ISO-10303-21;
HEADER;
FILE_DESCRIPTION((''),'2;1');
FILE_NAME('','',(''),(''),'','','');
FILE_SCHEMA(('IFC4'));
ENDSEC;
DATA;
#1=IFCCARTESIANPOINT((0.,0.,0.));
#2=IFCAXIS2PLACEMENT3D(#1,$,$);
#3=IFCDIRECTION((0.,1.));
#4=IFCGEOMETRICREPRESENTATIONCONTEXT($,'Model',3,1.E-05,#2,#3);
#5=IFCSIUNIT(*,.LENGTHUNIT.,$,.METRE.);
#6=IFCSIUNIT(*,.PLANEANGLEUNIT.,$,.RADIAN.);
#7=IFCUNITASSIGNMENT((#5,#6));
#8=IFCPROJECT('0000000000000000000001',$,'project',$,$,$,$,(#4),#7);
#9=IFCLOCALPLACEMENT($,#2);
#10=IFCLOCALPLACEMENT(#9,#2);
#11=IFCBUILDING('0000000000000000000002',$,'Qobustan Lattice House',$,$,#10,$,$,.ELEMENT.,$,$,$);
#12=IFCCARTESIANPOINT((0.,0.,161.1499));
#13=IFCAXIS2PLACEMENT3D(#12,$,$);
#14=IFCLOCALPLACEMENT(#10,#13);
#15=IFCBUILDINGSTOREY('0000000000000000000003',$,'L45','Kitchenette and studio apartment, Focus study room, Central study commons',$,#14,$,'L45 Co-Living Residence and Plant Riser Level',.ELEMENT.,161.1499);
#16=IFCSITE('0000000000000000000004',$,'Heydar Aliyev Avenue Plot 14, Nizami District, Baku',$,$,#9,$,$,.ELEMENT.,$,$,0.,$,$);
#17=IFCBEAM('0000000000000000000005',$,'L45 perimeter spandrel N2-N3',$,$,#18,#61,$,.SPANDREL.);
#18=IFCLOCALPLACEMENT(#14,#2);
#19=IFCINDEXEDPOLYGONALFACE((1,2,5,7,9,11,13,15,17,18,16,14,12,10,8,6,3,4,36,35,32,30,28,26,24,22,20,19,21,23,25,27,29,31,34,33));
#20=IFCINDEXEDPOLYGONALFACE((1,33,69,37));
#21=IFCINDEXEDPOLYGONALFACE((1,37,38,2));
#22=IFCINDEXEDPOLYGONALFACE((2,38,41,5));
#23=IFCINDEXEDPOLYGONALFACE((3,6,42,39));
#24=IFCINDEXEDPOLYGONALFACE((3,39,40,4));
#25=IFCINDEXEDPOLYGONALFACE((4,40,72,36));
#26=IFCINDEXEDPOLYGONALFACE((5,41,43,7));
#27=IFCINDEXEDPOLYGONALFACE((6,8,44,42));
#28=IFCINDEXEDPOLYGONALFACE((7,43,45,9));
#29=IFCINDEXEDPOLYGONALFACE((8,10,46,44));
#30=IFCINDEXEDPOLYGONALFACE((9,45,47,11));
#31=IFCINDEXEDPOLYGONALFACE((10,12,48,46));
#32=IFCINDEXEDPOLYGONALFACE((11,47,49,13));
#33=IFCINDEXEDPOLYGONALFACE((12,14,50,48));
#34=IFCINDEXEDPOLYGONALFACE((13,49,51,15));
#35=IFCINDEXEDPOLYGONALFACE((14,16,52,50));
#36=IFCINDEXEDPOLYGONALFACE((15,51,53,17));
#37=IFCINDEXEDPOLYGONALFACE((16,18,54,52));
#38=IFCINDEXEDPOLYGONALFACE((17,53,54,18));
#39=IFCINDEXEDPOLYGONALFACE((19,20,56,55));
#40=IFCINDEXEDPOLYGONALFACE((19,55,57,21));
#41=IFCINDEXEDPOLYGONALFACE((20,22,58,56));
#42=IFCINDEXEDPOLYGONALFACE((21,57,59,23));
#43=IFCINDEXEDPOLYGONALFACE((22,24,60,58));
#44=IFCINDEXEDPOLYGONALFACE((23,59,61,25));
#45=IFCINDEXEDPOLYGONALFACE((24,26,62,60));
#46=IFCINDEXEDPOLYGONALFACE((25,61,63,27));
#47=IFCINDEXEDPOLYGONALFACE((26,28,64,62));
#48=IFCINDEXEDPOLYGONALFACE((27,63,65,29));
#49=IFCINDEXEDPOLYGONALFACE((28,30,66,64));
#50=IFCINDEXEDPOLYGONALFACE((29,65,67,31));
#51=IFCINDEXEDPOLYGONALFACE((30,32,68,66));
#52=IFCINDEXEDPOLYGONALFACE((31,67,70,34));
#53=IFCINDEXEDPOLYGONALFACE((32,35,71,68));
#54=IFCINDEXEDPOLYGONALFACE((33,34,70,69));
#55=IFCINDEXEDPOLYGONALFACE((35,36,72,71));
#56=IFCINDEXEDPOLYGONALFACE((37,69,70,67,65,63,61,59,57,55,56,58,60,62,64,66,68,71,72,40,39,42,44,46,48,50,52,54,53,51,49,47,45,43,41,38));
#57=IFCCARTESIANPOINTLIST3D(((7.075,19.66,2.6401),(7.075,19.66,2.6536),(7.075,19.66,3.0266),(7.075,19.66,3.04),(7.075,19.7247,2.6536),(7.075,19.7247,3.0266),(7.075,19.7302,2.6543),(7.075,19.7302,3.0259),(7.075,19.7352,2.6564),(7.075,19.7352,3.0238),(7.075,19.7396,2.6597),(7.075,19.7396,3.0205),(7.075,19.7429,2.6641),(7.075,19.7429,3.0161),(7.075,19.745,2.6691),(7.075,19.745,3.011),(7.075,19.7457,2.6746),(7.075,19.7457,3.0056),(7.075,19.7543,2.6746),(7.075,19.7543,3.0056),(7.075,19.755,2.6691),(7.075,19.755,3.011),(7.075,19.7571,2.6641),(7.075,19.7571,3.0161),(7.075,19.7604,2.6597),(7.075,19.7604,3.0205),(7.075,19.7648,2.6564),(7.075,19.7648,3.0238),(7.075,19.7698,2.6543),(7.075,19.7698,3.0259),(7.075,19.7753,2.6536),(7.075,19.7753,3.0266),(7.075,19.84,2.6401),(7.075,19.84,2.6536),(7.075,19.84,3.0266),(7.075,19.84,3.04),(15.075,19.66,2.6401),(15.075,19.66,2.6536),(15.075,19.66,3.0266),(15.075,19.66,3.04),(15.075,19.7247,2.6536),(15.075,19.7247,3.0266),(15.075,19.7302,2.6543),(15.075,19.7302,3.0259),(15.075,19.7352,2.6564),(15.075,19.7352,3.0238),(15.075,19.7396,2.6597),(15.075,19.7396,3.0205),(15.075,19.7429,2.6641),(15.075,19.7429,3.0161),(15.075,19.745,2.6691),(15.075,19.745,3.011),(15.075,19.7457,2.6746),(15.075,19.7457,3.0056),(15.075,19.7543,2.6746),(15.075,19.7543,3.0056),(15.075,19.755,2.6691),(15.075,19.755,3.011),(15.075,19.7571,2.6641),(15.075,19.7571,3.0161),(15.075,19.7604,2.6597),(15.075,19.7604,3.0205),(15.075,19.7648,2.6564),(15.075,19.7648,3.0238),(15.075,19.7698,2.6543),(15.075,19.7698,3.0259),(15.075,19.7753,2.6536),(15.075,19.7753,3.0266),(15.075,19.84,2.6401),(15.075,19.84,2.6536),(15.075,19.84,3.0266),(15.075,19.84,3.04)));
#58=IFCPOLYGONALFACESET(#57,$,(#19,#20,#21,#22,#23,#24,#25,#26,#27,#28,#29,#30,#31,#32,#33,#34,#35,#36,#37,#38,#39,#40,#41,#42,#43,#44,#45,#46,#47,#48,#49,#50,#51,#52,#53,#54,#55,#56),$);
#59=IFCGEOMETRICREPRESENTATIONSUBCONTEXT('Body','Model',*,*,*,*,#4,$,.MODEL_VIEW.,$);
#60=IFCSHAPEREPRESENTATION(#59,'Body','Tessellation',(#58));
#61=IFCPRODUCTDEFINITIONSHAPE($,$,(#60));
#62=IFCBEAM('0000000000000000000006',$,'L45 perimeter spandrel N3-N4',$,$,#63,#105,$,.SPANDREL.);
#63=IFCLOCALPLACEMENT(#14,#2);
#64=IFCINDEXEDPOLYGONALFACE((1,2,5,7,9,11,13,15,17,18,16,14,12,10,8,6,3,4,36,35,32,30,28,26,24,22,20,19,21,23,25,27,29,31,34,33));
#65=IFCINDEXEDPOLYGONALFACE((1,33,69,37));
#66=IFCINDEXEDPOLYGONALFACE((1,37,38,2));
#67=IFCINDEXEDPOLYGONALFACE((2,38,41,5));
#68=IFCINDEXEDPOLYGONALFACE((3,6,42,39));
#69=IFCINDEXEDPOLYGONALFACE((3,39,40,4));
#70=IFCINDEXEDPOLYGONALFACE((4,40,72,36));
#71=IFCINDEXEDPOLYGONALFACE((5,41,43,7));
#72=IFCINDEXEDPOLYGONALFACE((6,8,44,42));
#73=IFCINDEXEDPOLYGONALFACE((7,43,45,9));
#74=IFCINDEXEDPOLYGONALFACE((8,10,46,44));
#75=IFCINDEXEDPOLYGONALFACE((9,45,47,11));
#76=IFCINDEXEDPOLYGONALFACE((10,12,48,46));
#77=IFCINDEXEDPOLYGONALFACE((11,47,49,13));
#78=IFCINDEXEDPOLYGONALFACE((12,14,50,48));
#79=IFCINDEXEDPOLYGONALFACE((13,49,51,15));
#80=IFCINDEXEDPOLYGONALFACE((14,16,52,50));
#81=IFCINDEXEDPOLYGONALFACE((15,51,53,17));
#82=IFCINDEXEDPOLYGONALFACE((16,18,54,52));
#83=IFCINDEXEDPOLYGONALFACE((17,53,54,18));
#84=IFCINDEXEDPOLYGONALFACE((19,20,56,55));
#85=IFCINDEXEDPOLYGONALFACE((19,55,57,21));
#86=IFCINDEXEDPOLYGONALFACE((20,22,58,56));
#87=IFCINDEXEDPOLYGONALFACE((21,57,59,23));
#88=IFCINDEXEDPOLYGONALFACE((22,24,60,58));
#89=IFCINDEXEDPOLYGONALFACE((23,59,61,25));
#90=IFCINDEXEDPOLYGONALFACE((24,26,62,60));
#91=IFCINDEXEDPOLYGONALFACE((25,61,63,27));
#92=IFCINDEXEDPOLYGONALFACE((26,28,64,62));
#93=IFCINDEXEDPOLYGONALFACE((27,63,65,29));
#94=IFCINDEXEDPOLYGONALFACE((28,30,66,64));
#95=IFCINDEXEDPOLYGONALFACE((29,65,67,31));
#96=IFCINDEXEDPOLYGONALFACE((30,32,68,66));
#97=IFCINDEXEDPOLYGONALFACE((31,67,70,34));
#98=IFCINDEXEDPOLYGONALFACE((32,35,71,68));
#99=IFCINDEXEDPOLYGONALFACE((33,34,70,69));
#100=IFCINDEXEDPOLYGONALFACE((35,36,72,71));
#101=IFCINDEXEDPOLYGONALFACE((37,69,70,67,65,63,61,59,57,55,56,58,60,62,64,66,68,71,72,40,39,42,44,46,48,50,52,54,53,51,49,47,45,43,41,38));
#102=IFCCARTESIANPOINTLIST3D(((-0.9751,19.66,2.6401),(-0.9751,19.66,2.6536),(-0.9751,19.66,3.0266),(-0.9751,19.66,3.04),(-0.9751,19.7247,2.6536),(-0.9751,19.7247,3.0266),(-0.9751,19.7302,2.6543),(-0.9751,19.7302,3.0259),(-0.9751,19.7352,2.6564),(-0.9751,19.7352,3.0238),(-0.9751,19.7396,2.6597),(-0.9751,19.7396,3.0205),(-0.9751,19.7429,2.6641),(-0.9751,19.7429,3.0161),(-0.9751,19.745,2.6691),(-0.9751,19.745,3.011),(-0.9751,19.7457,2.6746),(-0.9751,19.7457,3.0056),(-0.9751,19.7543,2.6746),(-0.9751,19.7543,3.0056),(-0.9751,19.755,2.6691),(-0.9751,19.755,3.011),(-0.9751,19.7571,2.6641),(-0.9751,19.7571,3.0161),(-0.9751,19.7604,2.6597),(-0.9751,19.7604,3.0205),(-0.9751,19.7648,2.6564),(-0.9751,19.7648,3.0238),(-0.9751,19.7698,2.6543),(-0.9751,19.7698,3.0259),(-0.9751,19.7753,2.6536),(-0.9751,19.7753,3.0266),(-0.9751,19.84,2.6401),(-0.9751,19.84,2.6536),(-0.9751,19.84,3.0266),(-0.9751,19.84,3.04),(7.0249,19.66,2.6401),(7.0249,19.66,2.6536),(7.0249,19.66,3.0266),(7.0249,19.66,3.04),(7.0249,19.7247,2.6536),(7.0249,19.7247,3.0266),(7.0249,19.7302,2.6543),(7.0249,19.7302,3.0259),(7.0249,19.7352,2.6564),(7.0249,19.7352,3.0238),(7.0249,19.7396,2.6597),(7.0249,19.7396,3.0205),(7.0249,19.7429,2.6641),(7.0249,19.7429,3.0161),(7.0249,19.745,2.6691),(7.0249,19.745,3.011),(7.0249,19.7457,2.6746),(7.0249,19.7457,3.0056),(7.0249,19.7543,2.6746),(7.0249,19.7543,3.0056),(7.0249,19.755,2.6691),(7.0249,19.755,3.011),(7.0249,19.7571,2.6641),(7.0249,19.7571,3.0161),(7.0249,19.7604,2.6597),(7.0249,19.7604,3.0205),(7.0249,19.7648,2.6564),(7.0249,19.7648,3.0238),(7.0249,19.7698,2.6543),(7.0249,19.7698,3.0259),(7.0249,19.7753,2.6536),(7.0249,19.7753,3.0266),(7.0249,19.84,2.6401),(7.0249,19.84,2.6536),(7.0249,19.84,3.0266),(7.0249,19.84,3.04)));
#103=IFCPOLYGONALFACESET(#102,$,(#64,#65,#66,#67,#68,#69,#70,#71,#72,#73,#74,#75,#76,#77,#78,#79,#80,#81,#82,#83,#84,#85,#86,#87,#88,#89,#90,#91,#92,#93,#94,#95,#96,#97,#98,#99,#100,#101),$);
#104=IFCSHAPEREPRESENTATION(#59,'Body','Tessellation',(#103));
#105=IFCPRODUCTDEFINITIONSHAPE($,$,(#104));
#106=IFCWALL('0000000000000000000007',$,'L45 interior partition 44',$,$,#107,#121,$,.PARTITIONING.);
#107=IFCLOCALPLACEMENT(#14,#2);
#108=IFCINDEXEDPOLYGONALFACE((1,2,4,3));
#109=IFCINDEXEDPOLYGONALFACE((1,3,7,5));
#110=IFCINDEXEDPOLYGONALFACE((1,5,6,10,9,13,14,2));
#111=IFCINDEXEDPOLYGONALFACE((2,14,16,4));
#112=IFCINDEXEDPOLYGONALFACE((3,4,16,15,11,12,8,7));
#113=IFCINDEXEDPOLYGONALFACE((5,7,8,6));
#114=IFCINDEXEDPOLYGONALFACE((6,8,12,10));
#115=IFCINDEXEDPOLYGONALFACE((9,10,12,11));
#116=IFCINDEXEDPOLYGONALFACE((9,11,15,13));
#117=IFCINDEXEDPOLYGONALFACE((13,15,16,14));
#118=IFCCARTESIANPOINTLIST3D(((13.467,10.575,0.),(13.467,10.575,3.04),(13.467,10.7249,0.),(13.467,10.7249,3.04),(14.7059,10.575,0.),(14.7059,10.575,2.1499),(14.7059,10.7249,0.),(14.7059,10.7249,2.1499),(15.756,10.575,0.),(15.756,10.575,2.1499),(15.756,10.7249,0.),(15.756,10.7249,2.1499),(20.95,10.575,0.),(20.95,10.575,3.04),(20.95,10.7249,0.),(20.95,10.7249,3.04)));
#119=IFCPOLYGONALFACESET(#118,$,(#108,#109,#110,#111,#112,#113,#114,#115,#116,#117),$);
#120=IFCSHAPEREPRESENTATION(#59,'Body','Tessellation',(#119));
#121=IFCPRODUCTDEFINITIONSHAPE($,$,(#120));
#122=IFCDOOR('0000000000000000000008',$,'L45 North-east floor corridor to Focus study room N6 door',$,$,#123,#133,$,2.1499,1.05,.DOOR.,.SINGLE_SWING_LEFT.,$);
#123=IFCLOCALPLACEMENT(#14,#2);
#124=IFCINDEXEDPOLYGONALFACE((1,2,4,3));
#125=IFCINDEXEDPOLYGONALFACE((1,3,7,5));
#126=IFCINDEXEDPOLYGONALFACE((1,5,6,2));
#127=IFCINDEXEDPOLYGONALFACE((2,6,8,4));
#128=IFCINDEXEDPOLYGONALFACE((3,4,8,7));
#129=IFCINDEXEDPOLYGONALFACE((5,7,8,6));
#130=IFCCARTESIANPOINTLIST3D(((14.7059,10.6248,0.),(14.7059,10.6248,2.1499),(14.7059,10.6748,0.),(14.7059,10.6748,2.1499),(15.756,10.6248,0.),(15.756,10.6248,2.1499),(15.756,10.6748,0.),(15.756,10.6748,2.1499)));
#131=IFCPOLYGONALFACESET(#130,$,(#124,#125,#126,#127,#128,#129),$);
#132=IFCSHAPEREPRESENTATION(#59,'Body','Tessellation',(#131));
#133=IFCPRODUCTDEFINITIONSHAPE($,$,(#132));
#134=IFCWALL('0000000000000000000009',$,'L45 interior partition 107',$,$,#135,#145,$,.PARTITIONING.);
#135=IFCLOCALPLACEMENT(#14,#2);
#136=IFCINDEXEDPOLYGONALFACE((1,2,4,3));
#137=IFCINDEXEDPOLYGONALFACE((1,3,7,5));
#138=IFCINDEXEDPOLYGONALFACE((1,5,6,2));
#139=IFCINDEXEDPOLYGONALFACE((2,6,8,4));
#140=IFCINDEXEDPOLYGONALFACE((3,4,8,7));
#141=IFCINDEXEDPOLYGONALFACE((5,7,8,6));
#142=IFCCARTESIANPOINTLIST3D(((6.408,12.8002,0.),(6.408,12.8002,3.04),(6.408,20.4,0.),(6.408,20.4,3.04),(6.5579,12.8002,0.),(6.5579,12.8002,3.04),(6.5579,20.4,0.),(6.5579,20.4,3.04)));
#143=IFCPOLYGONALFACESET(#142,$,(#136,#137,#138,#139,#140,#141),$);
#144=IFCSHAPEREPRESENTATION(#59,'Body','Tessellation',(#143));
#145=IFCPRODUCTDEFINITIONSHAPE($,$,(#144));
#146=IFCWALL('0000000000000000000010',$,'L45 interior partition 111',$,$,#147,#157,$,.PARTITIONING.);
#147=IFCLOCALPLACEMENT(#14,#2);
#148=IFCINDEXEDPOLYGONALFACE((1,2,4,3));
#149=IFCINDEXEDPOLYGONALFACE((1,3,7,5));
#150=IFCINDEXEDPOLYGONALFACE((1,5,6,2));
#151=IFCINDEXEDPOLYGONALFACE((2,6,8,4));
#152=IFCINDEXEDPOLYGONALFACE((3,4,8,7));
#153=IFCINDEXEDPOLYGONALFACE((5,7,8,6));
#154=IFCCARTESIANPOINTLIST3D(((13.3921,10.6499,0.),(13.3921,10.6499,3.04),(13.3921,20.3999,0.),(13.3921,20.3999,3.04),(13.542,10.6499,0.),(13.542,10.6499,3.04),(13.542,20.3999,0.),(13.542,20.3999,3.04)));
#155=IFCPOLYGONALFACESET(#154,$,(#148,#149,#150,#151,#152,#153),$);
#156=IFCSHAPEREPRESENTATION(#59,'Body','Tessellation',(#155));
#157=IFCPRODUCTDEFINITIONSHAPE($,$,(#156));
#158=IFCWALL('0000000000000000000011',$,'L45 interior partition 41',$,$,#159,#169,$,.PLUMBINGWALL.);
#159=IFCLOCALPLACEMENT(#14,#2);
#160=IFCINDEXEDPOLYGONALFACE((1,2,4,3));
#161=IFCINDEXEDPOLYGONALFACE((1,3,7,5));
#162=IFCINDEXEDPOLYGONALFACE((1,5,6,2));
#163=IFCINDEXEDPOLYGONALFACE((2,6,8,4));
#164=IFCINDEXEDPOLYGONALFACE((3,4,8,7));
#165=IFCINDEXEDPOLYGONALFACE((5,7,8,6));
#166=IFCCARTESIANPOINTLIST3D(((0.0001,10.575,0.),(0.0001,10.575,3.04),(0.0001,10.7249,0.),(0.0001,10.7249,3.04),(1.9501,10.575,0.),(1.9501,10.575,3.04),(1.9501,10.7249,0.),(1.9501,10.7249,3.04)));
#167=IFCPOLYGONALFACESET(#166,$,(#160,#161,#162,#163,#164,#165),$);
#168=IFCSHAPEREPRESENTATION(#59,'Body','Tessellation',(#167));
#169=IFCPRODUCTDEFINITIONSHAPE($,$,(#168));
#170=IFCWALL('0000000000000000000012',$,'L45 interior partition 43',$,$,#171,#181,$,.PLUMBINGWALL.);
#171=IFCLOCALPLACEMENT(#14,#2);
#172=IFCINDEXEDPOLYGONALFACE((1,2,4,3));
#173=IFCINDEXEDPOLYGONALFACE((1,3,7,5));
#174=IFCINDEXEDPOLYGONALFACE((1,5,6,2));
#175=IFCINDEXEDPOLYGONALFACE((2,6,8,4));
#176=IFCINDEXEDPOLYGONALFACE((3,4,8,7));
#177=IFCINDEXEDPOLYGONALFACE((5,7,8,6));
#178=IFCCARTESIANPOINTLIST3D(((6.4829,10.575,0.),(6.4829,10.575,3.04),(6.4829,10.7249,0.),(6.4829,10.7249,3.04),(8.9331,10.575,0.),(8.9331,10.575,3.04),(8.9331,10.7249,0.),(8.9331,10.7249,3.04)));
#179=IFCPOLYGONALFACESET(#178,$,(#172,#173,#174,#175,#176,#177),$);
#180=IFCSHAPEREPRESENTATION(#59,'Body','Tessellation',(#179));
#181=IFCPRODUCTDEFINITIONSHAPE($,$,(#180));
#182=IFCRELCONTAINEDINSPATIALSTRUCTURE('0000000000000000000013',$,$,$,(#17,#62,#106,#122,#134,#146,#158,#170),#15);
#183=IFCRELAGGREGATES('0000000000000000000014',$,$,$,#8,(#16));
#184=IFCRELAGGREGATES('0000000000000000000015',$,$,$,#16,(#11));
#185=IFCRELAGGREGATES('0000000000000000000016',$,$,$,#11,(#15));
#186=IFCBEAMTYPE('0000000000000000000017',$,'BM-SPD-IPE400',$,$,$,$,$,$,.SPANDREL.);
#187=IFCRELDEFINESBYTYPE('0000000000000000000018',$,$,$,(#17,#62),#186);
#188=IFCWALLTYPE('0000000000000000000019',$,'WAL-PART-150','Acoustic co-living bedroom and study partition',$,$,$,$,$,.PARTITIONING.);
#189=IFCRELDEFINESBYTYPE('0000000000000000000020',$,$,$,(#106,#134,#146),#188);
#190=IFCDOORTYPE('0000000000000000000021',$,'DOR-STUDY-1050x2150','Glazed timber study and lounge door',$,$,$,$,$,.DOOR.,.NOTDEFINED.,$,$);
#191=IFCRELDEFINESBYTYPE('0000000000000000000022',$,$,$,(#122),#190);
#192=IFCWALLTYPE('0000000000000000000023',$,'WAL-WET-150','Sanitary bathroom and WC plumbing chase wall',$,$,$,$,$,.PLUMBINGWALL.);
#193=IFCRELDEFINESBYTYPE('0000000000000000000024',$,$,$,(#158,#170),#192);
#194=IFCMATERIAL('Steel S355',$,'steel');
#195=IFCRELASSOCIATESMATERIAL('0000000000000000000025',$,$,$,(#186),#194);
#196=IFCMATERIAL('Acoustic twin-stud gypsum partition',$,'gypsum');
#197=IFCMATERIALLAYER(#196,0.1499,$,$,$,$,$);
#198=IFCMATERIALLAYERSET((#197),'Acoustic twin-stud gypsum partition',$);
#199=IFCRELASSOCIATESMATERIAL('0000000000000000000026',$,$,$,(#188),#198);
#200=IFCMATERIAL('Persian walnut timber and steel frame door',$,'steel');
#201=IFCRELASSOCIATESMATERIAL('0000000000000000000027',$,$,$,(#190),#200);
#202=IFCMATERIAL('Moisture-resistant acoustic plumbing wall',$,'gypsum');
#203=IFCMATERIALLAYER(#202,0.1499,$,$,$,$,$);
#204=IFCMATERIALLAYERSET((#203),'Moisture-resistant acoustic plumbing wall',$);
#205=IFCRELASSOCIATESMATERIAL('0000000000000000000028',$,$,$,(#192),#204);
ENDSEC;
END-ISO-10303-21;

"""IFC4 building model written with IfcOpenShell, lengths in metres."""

from ifc_helpers import new_model, si_unit, direction, frame, frame_2d, origin, origin_2d, place, context, subcontext, project, spatial, rectangle, i_section, extrude, material, layer, layer_set, material_profile, profile_set, type_object, element, fill, save


model = new_model("IFC4")

# Units and contexts
model_context = context("Model", 3, precision=1e-05, world=origin(), true_north=direction((0.0, 1.0)))
body_context = subcontext(model_context, "Body", "Model", "MODEL_VIEW")
ifc_project = project(units=[si_unit("LENGTHUNIT", "METRE"), si_unit("PLANEANGLEUNIT", "RADIAN")], contexts=[model_context])

# Site, building, storey
site_placement = place(None, origin())
site = spatial("IfcSite", under=ifc_project, at=site_placement, Name="Heydar Aliyev Avenue Plot 14, Nizami District, Baku", CompositionType="ELEMENT", RefElevation=0.0)
building_placement = place(site_placement, origin())
building = spatial("IfcBuilding", under=site, at=building_placement, Name="Qobustan Lattice House", CompositionType="ELEMENT")
storey_placement = place(building_placement, frame((0.0, 0.0, 161.1499)))
storey = spatial("IfcBuildingStorey", under=building, at=storey_placement, Name="L45", Description="Kitchenette and studio apartment, Focus study room, Central study commons", LongName="L45 Co-Living Residence and Plant Riser Level", CompositionType="ELEMENT", Elevation=161.1499)

# Beams
ifc_material_1 = material(Name="Steel S355", Category="steel")
ifc_material_profile_1 = material_profile(ifc_material_1, i_section(OverallWidth=0.1799, OverallDepth=0.3999, WebThickness=0.0085, FlangeThickness=0.0134, FilletRadius=0.021, at=origin_2d()), Name="IPE400")
ifc_profile_set_1 = profile_set([ifc_material_profile_1], Name="Steel S355")
beam_type_1 = type_object("IfcBeamType", Name="BM-SPD-IPE400", PredefinedType="SPANDREL", material=ifc_profile_set_1)
for number, where, z_axis, x_axis, name in (
    (1, (15.075, 19.75, 2.8401), (-1.0, 0.0, 0.0), (0.0, -1.0, 0.0), "L45 perimeter spandrel N2-N3"),
    (2, (7.0249, 19.75, 2.8401), (-1.0, 0.0, 0.0), (0.0, -1.0, 0.0), "L45 perimeter spandrel N3-N4"),
):
    element("IfcBeam", number, at=place(storey_placement, frame(where, z_axis=z_axis, x_axis=x_axis)), inside=storey, type_object=beam_type_1, Name=name, PredefinedType="SPANDREL", context=body_context, shape_type="SweptSolid", body=[
        extrude(i_section(OverallWidth=0.1799, OverallDepth=0.3999, WebThickness=0.0085, FlangeThickness=0.0134, FilletRadius=0.021, at=origin_2d()), origin(), (0.0, 0.0, 1.0), 8.0),
    ])

# Wall, opening, door
ifc_material_2 = material(Name="Acoustic twin-stud gypsum partition", Category="gypsum")
ifc_layer_1 = layer(ifc_material_2, 0.1499)
ifc_layer_set_1 = layer_set([ifc_layer_1], Name="Acoustic twin-stud gypsum partition")
wall_type_1 = type_object("IfcWallType", Name="WAL-PART-150", Description="Acoustic co-living bedroom and study partition", PredefinedType="PARTITIONING", material=ifc_layer_set_1)
wall_1_placement = place(storey_placement, frame((13.467, 10.6499, 0.0), z_axis=(0.0, 0.0, 1.0), x_axis=(1.0, 0.0, 0.0)))
wall_1 = element("IfcWall", 3, at=wall_1_placement, inside=storey, type_object=wall_type_1, Name="L45 interior partition 44", PredefinedType="PARTITIONING", context=body_context, shape_type="SweptSolid", body=[
    extrude(rectangle(XDim=7.4829, YDim=0.1499, at=frame_2d((3.7415, 0.0))), origin(), (0.0, 0.0, 1.0), 3.04),
])
opening_1_placement = place(wall_1_placement, frame((1.239, 0.0, 0.0)))
opening_1 = element("IfcOpeningElement", 4, at=opening_1_placement, cuts=wall_1, PredefinedType="OPENING", context=body_context, shape_type="SweptSolid", body=[
    extrude(rectangle(XDim=1.05, YDim=2.1499, at=frame_2d((0.5249, 1.075))), frame((0.0, 0.085, 0.0), z_axis=(0.0, -1.0, 0.0), x_axis=(1.0, 0.0, 0.0)), (0.0, 0.0, 1.0), 0.1699),
])
ifc_material_3 = material(Name="Persian walnut timber and steel frame door", Category="steel")
door_type_1 = type_object("IfcDoorType", Name="DOR-STUDY-1050x2150", Description="Glazed timber study and lounge door", OperationType="NOTDEFINED", PredefinedType="DOOR", material=ifc_material_3)
door_1_placement = place(opening_1_placement, origin())
door_1 = element("IfcDoor", 5, at=door_1_placement, inside=storey, type_object=door_type_1, Name="L45 North-east floor corridor to Focus study room N6 door", OperationType="SINGLE_SWING_LEFT", OverallHeight=2.1499, OverallWidth=1.05, PredefinedType="DOOR", context=body_context, shape_type="SweptSolid", body=[
    extrude(rectangle(XDim=1.05, YDim=2.1499, at=frame_2d((0.5249, 1.075))), frame((0.0, 0.0249, 0.0), z_axis=(0.0, -1.0, 0.0), x_axis=(1.0, 0.0, 0.0)), (0.0, 0.0, 1.0), 0.05),
])
fill(opening_1, door_1)

# Walls
wall_2_placement = place(storey_placement, frame((6.4829, 20.3999, 0.0), z_axis=(0.0, 0.0, 1.0), x_axis=(0.0, -1.0, 0.0)))
element("IfcWall", 6, at=wall_2_placement, inside=storey, type_object=wall_type_1, Name="L45 interior partition 107", PredefinedType="PARTITIONING", context=body_context, shape_type="SweptSolid", body=[
    extrude(rectangle(XDim=7.5999, YDim=0.1499, at=frame_2d((3.7998, 0.0))), origin(), (0.0, 0.0, 1.0), 3.04),
])
wall_3_placement = place(storey_placement, frame((13.467, 20.3999, 0.0), z_axis=(0.0, 0.0, 1.0), x_axis=(0.0, -1.0, 0.0)))
element("IfcWall", 7, at=wall_3_placement, inside=storey, type_object=wall_type_1, Name="L45 interior partition 111", PredefinedType="PARTITIONING", context=body_context, shape_type="SweptSolid", body=[
    extrude(rectangle(XDim=9.75, YDim=0.1499, at=frame_2d((4.875, 0.0))), origin(), (0.0, 0.0, 1.0), 3.04),
])
ifc_material_4 = material(Name="Moisture-resistant acoustic plumbing wall", Category="gypsum")
ifc_layer_2 = layer(ifc_material_4, 0.1499)
ifc_layer_set_2 = layer_set([ifc_layer_2], Name="Moisture-resistant acoustic plumbing wall")
wall_type_2 = type_object("IfcWallType", Name="WAL-WET-150", Description="Sanitary bathroom and WC plumbing chase wall", PredefinedType="PLUMBINGWALL", material=ifc_layer_set_2)
wall_4_placement = place(storey_placement, frame((0.0, 10.6499, 0.0), z_axis=(0.0, 0.0, 1.0), x_axis=(1.0, 0.0, 0.0)))
element("IfcWall", 8, at=wall_4_placement, inside=storey, type_object=wall_type_2, Name="L45 interior partition 41", PredefinedType="PLUMBINGWALL", context=body_context, shape_type="SweptSolid", body=[
    extrude(rectangle(XDim=1.95, YDim=0.1499, at=frame_2d((0.9751, 0.0))), origin(), (0.0, 0.0, 1.0), 3.04),
])
wall_5_placement = place(storey_placement, frame((6.4829, 10.6499, 0.0), z_axis=(0.0, 0.0, 1.0), x_axis=(1.0, 0.0, 0.0)))
element("IfcWall", 9, at=wall_5_placement, inside=storey, type_object=wall_type_2, Name="L45 interior partition 43", PredefinedType="PLUMBINGWALL", context=body_context, shape_type="SweptSolid", body=[
    extrude(rectangle(XDim=2.4502, YDim=0.1499, at=frame_2d((1.2251, 0.0))), origin(), (0.0, 0.0, 1.0), 3.04),
])

save(model, "model.ifc")
